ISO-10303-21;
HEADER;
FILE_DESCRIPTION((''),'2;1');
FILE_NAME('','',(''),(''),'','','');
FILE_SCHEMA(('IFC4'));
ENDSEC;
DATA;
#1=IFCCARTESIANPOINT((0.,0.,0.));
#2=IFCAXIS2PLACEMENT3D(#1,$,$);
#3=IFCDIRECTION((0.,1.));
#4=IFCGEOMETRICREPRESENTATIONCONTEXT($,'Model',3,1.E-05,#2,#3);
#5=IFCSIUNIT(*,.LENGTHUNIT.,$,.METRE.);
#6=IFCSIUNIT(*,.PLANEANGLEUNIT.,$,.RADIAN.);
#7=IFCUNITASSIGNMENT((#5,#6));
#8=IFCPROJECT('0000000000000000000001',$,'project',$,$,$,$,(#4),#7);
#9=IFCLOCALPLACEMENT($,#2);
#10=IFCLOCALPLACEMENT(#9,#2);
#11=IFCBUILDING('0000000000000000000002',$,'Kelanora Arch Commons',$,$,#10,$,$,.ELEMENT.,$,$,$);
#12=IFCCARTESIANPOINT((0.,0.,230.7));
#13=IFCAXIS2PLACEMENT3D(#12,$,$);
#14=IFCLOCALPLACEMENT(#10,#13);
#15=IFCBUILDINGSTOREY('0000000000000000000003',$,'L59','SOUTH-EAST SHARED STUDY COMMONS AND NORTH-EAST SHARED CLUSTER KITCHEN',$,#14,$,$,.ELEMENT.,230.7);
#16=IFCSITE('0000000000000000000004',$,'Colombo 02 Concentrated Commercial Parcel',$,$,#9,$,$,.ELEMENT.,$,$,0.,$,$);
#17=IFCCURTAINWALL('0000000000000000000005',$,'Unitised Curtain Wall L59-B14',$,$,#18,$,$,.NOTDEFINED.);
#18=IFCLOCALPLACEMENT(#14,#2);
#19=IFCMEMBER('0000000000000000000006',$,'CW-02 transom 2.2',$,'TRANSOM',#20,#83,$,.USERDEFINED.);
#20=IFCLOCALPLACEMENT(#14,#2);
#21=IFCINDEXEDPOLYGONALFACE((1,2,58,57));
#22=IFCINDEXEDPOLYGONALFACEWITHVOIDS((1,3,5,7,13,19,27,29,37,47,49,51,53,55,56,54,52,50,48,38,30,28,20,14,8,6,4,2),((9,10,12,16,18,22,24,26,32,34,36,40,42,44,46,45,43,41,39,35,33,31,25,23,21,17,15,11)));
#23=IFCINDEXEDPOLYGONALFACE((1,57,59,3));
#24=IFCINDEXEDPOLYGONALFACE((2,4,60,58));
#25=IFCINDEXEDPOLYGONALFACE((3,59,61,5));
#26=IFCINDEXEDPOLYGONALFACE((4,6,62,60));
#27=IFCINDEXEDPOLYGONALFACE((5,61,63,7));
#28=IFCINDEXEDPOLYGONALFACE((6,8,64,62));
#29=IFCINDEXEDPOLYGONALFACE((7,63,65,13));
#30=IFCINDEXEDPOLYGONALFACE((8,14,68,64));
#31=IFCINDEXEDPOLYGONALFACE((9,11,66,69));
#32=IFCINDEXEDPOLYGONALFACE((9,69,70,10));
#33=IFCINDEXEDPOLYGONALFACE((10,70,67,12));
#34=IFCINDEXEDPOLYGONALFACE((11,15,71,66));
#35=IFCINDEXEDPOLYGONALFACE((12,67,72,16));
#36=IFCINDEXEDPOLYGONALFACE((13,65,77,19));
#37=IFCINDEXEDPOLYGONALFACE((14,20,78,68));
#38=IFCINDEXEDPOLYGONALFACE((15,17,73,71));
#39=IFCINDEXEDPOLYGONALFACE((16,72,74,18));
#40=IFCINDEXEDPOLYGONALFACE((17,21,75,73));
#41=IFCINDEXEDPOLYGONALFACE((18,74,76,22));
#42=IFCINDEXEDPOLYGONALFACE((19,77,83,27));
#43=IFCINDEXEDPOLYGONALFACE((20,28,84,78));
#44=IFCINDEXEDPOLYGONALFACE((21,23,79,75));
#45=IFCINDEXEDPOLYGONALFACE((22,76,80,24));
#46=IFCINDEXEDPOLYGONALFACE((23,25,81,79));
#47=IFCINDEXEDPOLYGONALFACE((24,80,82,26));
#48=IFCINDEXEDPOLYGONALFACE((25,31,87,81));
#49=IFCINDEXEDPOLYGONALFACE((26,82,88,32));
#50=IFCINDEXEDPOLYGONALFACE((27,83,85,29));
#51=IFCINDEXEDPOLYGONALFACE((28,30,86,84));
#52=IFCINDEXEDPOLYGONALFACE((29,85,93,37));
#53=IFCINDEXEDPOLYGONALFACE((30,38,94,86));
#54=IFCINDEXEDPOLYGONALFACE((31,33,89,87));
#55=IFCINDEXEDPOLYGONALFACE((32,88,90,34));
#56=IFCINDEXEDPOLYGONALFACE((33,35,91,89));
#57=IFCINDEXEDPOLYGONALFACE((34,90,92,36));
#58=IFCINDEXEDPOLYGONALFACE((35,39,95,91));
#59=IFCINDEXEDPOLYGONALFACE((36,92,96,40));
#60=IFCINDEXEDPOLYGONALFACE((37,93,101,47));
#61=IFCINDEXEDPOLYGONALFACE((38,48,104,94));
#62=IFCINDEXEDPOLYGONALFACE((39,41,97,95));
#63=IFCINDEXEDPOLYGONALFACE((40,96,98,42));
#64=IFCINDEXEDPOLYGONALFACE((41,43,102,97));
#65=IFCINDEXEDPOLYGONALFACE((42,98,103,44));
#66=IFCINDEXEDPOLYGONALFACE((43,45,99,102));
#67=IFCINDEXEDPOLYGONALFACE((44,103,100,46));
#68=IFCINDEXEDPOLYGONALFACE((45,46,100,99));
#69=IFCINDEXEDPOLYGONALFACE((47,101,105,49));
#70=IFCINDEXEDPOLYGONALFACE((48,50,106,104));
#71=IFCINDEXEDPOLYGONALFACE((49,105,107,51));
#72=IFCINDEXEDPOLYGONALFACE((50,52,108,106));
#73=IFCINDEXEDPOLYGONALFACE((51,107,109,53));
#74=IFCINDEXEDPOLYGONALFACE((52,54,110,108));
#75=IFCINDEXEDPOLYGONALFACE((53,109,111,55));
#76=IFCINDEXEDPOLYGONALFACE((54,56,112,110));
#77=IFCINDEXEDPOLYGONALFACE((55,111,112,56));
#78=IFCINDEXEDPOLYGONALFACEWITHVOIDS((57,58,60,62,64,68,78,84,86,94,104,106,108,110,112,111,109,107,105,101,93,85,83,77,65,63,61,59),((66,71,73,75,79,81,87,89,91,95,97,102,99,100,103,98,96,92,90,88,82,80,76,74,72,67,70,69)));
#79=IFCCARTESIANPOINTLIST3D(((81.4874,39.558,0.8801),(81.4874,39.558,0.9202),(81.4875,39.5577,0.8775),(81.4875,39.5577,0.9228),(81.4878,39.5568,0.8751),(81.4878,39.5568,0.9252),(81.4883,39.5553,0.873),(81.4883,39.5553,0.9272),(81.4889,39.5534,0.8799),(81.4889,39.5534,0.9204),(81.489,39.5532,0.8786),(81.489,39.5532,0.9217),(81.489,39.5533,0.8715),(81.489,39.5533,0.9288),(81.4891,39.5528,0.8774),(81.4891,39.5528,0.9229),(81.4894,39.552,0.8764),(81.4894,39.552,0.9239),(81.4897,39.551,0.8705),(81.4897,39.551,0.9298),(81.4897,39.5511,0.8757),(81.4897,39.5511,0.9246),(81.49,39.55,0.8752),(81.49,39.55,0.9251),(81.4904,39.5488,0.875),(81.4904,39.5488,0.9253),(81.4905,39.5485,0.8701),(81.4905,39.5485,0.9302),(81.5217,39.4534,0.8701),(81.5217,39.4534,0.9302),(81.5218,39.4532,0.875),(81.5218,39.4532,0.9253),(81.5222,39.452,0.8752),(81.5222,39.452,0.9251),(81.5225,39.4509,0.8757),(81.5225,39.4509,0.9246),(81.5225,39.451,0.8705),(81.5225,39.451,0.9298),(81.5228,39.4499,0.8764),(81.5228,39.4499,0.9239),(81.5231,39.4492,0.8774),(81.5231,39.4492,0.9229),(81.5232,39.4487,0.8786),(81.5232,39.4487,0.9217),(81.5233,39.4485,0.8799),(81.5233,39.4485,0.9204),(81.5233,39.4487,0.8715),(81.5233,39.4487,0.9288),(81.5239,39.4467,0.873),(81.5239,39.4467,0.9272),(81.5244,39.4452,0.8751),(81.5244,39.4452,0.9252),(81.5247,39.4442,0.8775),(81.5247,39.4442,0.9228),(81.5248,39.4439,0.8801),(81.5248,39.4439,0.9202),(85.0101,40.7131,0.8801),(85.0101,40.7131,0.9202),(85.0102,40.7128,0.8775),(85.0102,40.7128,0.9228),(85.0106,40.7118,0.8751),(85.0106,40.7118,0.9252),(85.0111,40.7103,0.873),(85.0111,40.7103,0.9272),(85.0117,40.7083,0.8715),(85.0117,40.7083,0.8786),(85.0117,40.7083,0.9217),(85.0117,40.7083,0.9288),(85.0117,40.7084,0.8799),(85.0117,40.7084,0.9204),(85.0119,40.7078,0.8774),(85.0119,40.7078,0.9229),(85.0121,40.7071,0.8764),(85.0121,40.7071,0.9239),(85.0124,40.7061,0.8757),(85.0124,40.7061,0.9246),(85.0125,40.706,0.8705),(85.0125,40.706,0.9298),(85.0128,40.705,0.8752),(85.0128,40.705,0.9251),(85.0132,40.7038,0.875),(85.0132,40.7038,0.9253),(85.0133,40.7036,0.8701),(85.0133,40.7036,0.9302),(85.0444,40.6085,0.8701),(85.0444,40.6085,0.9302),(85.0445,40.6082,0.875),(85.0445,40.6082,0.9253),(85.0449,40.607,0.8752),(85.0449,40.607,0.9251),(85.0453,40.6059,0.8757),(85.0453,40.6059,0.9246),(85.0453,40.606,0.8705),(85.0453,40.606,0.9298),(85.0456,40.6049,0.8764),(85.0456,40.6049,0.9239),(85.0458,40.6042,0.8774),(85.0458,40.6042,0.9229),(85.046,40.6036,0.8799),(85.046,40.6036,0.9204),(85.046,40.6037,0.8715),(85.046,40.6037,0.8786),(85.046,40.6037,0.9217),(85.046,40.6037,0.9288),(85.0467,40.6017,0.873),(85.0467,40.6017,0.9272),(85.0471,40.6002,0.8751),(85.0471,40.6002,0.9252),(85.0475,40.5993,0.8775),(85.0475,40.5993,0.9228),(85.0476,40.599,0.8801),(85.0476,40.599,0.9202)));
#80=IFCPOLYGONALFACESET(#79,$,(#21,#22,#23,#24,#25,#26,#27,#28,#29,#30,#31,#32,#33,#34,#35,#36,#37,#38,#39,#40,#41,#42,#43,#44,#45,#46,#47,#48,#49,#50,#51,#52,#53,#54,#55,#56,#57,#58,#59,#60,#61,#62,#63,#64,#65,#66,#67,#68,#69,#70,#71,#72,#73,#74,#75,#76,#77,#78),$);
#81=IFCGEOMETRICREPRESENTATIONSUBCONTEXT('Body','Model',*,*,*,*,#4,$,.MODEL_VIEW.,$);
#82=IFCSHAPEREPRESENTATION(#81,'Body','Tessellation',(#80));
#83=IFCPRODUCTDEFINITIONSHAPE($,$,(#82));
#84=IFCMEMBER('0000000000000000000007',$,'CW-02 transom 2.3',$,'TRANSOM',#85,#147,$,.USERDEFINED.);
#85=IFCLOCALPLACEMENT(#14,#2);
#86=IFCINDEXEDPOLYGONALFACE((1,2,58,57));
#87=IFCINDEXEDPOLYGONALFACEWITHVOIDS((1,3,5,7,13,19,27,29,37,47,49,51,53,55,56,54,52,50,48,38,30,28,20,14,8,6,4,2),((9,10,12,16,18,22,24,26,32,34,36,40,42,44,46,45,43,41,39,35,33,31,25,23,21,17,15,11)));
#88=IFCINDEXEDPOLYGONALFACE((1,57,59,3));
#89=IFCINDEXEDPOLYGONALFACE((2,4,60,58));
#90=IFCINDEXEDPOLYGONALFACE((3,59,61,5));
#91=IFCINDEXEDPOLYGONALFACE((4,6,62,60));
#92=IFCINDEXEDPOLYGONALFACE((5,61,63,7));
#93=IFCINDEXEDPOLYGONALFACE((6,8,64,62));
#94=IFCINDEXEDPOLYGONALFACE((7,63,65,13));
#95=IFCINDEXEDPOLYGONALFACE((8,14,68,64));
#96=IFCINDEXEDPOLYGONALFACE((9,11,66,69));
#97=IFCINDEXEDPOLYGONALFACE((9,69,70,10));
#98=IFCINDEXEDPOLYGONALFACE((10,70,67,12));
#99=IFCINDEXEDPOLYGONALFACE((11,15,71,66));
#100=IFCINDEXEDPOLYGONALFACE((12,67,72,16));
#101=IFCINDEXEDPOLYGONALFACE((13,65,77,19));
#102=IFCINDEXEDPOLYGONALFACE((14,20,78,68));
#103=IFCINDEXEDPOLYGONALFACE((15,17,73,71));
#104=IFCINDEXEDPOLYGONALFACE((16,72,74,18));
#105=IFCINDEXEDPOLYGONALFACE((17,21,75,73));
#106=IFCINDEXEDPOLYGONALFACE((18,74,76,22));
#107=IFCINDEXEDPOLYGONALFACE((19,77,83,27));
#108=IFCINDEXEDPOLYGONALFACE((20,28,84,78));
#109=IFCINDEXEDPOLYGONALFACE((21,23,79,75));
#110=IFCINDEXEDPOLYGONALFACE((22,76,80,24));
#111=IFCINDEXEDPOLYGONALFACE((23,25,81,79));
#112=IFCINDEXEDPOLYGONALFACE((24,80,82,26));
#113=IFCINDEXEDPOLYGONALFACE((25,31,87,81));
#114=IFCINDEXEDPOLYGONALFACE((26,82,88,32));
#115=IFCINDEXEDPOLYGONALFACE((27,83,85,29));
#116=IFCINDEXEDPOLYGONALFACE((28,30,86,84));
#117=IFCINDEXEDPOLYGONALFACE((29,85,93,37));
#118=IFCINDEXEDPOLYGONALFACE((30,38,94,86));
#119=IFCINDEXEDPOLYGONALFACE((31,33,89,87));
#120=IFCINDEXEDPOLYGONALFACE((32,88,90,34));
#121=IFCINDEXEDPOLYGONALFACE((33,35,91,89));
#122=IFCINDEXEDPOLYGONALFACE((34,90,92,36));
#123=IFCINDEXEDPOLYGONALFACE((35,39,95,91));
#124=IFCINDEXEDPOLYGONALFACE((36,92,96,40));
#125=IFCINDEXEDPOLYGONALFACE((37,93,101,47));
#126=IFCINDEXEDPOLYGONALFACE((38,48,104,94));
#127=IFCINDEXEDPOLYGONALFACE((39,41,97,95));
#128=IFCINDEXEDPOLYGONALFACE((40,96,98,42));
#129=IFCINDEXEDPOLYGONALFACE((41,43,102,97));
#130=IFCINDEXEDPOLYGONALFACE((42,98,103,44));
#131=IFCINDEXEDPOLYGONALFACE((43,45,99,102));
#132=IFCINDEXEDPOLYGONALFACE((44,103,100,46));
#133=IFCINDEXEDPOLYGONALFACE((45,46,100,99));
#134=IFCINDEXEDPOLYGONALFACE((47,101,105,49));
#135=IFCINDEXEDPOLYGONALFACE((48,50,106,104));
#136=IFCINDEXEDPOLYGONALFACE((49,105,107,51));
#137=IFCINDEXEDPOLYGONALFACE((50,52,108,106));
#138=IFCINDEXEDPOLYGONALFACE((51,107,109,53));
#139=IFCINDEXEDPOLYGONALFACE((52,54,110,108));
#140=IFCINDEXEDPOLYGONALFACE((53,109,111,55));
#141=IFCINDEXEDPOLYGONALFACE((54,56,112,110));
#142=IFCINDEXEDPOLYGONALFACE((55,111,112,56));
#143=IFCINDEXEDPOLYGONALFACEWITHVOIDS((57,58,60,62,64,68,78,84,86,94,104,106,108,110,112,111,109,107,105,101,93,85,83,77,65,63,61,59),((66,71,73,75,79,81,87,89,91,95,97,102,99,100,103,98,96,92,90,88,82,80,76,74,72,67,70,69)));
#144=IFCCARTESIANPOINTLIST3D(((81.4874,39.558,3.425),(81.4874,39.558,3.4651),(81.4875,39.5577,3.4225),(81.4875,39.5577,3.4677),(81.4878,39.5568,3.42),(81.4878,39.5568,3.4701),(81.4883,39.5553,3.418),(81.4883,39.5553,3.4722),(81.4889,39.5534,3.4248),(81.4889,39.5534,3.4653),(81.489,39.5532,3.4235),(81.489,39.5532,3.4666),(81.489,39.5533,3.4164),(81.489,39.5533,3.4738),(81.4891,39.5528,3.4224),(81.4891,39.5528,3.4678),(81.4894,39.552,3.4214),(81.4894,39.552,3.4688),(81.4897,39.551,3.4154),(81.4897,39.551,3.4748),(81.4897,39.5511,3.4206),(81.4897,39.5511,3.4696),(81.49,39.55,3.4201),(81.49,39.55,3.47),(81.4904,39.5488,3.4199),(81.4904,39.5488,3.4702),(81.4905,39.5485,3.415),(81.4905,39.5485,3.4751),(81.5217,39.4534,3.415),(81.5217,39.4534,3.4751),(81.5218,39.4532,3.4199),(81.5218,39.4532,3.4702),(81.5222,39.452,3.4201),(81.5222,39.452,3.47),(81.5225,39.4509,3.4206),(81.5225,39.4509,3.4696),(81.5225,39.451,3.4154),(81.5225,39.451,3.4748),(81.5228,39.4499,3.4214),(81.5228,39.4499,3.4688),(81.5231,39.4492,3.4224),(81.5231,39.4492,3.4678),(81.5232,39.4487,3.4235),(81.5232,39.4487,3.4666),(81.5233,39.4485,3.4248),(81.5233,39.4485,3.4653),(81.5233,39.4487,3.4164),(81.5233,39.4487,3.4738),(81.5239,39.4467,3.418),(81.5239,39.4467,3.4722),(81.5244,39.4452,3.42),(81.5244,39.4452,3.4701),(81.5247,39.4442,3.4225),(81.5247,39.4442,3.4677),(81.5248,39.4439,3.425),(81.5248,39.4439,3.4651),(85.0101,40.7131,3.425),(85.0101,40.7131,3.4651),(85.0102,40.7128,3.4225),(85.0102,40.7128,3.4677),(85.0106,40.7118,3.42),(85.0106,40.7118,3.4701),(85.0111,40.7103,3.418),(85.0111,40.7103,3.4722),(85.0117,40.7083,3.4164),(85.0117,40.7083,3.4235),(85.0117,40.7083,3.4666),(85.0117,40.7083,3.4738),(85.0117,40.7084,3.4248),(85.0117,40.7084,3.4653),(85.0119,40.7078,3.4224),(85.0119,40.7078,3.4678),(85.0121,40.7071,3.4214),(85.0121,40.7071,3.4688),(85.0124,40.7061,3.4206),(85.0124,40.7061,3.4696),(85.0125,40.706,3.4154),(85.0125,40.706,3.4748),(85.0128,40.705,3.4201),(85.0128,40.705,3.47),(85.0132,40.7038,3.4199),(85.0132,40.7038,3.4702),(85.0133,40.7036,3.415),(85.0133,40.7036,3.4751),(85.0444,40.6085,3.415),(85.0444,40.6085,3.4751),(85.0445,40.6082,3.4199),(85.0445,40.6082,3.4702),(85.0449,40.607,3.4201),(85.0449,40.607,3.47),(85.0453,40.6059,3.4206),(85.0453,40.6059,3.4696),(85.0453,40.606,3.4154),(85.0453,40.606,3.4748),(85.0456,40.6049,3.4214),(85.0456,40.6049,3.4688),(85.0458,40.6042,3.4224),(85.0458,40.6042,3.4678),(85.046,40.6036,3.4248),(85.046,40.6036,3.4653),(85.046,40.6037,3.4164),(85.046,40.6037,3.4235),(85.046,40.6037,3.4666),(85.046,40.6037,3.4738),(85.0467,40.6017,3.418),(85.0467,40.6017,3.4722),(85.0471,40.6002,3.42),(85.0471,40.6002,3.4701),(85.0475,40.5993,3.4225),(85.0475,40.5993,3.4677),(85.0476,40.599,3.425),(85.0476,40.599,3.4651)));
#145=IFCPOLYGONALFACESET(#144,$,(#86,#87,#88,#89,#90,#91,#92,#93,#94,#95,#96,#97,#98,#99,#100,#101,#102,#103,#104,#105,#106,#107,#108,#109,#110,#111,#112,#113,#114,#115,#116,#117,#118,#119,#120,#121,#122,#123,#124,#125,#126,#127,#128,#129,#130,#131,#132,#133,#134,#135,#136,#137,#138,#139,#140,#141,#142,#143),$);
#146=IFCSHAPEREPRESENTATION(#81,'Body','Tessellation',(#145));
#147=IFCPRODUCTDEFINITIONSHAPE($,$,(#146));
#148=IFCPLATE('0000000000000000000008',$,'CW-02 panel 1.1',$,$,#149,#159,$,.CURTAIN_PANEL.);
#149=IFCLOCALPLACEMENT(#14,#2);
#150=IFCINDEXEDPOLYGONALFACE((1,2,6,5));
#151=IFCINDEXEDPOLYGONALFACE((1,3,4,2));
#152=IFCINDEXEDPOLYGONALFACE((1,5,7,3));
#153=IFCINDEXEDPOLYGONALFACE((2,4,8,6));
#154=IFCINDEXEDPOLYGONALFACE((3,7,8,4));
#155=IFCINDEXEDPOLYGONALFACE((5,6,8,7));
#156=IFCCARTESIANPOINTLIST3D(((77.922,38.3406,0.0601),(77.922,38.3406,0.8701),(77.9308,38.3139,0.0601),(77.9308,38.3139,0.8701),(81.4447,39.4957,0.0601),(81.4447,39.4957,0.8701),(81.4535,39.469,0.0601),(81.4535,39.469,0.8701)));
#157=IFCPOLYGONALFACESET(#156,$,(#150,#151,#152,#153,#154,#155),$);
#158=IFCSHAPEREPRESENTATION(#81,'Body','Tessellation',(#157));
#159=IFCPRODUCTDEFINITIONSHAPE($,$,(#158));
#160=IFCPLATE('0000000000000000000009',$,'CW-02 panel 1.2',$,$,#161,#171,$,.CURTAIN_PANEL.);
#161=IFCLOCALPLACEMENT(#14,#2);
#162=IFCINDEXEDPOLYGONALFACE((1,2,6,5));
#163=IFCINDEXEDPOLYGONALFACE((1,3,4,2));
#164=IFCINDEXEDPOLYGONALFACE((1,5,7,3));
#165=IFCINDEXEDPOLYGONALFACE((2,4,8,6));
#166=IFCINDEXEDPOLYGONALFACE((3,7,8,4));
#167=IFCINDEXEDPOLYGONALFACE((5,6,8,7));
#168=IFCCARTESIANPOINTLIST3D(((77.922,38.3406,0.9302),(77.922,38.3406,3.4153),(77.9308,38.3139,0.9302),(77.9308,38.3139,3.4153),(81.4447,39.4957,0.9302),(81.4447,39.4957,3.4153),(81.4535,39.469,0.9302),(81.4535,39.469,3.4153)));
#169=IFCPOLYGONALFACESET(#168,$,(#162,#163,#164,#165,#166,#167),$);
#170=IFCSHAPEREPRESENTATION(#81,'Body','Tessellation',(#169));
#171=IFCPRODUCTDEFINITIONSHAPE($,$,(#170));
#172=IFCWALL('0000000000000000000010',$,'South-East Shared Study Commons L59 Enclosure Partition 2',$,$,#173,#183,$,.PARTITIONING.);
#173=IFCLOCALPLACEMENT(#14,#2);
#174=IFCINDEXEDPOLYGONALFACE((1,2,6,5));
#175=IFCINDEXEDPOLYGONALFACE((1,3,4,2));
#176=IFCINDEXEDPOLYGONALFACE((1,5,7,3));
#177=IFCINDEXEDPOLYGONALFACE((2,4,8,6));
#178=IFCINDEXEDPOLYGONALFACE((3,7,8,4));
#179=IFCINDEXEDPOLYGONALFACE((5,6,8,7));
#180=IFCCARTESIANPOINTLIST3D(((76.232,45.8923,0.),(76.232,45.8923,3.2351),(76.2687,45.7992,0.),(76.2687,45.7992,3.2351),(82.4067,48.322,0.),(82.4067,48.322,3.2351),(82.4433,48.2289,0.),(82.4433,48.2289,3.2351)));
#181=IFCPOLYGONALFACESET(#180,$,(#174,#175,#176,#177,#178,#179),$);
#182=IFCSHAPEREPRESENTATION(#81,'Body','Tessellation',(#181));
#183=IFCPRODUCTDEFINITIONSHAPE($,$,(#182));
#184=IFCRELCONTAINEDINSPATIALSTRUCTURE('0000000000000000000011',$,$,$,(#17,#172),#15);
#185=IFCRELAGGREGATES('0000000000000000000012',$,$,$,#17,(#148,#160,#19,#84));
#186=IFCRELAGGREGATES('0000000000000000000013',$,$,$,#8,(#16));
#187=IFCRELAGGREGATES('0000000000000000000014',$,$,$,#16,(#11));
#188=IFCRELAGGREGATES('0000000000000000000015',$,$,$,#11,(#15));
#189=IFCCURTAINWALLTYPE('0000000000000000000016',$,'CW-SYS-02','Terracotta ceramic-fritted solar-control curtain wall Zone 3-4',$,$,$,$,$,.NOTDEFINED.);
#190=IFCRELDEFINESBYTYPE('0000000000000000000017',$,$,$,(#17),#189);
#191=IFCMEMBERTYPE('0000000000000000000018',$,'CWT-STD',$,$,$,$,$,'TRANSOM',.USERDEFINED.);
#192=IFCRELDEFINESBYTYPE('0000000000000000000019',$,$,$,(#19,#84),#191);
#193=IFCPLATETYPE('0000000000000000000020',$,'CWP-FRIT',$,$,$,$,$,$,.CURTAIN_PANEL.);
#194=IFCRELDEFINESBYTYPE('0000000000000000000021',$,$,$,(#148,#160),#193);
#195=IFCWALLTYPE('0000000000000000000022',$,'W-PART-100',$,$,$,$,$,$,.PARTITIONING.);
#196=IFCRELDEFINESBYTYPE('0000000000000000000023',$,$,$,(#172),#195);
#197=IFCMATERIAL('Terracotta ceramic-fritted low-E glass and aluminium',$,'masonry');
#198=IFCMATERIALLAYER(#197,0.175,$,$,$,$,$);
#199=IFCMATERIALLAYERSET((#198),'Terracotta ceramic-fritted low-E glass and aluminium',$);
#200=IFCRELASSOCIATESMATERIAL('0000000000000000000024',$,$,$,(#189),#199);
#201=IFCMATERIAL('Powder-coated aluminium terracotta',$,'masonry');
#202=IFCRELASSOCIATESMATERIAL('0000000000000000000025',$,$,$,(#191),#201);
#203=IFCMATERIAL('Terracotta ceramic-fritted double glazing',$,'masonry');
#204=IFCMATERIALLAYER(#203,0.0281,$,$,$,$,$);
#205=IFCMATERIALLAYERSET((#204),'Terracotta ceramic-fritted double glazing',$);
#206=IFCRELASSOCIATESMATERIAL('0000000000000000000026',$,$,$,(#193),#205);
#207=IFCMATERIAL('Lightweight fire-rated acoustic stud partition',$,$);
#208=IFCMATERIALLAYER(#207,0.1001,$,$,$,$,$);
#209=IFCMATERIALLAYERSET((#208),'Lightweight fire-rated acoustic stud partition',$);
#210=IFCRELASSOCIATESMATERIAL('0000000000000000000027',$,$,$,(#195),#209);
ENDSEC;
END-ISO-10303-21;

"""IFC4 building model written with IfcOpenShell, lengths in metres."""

from ifc_helpers import new_model, si_unit, direction, frame, frame_2d, origin, origin_2d, place, context, subcontext, project, spatial, rectangle, hollow_rectangle, extrude, source, transform, mapped, material, layer, layer_set, material_profile, profile_set, type_object, element, aggregate, save


model = new_model("IFC4")

# Units and contexts
model_context = context("Model", 3, precision=1e-05, world=origin(), true_north=direction((0.0, 1.0)))
body_context = subcontext(model_context, "Body", "Model", "MODEL_VIEW")
ifc_project = project(units=[si_unit("LENGTHUNIT", "METRE"), si_unit("PLANEANGLEUNIT", "RADIAN")], contexts=[model_context])

# Site, building, storey
site_placement = place(None, origin())
site = spatial("IfcSite", under=ifc_project, at=site_placement, Name="Colombo 02 Concentrated Commercial Parcel", CompositionType="ELEMENT", RefElevation=0.0)
building_placement = place(site_placement, origin())
building = spatial("IfcBuilding", under=site, at=building_placement, Name="Kelanora Arch Commons", CompositionType="ELEMENT")
storey_placement = place(building_placement, frame((0.0, 0.0, 230.7)))
storey = spatial("IfcBuildingStorey", under=building, at=storey_placement, Name="L59", Description="SOUTH-EAST SHARED STUDY COMMONS AND NORTH-EAST SHARED CLUSTER KITCHEN", CompositionType="ELEMENT", Elevation=230.7)

# Curtain wall, members, plates
ifc_material_1 = material(Name="Terracotta ceramic-fritted low-E glass and aluminium", Category="masonry")
ifc_layer_1 = layer(ifc_material_1, 0.175)
ifc_layer_set_1 = layer_set([ifc_layer_1], Name="Terracotta ceramic-fritted low-E glass and aluminium")
curtain_wall_type = type_object("IfcCurtainWallType", Name="CW-SYS-02", Description="Terracotta ceramic-fritted solar-control curtain wall Zone 3-4", PredefinedType="NOTDEFINED", material=ifc_layer_set_1)
curtain_wall_placement = place(storey_placement, origin())
curtain_wall = element("IfcCurtainWall", 1, at=curtain_wall_placement, inside=storey, type_object=curtain_wall_type, Name="Unitised Curtain Wall L59-B14", PredefinedType="NOTDEFINED")
ifc_material_2 = material(Name="Powder-coated aluminium terracotta", Category="masonry")
ifc_material_profile_1 = material_profile(ifc_material_2, hollow_rectangle(XDim=0.1201, YDim=0.0601, WallThickness=0.0049, InnerFilletRadius=0.0049, OuterFilletRadius=0.01, at=origin_2d()), Name="CWT120x60")
ifc_profile_set_1 = profile_set([ifc_material_profile_1], Name="Powder-coated aluminium terracotta")
member_type_1 = type_object("IfcMemberType", Name="CWT-STD", ElementType="TRANSOM", PredefinedType="USERDEFINED", material=ifc_profile_set_1)
member_1_placement = place(storey_placement, frame((81.5061, 39.501, 0.9001), z_axis=(0.950226, 0.311561, 0.0), x_axis=(-0.311561, 0.950226, 0.0)))
member_1 = element("IfcMember", 2, at=member_1_placement, type_object=member_type_1, Name="CW-02 transom 2.2", ObjectType="TRANSOM", PredefinedType="USERDEFINED", context=body_context, shape_type="SweptSolid", body=[
    extrude(hollow_rectangle(XDim=0.1201, YDim=0.0601, WallThickness=0.0049, InnerFilletRadius=0.0049, OuterFilletRadius=0.01, at=origin_2d()), origin(), (0.0, 0.0, 1.0), 3.7073),
])
member_2_placement = place(storey_placement, frame((81.5061, 39.501, 3.4451), z_axis=(0.950226, 0.311561, 0.0), x_axis=(-0.311561, 0.950226, 0.0)))
member_2 = element("IfcMember", 3, at=member_2_placement, type_object=member_type_1, Name="CW-02 transom 2.3", ObjectType="TRANSOM", PredefinedType="USERDEFINED", context=body_context, shape_type="SweptSolid", body=[
    extrude(hollow_rectangle(XDim=0.1201, YDim=0.0601, WallThickness=0.0049, InnerFilletRadius=0.0049, OuterFilletRadius=0.01, at=origin_2d()), origin(), (0.0, 0.0, 1.0), 3.7073),
])
ifc_material_3 = material(Name="Terracotta ceramic-fritted double glazing", Category="masonry")
ifc_layer_2 = layer(ifc_material_3, 0.0281)
ifc_layer_set_2 = layer_set([ifc_layer_2], Name="Terracotta ceramic-fritted double glazing")
plate_type = type_object("IfcPlateType", Name="CWP-FRIT", PredefinedType="CURTAIN_PANEL", material=ifc_layer_set_2)
shared_shape_1 = source(origin(), body_context, "Body", "SweptSolid", [
    extrude(rectangle(XDim=3.7073, YDim=0.0281, at=origin_2d()), origin(), (0.0, 0.0, 1.0), 0.8101),
])
plate_1_placement = place(storey_placement, frame((79.6877, 38.9048, 0.0601), z_axis=(0.0, 0.0, 1.0), x_axis=(0.950219, 0.311582, 0.0)))
plate_1 = element("IfcPlate", 4, at=plate_1_placement, type_object=plate_type, Name="CW-02 panel 1.1", PredefinedType="CURTAIN_PANEL", context=body_context, shape_type="MappedRepresentation", body=[
    mapped(shared_shape_1, transform((0.0, 0.0, 0.0), scale=1.0)),
])
shared_shape_2 = source(origin(), body_context, "Body", "SweptSolid", [
    extrude(rectangle(XDim=3.7073, YDim=0.0281, at=origin_2d()), origin(), (0.0, 0.0, 1.0), 2.4851),
])
plate_2_placement = place(storey_placement, frame((79.6877, 38.9048, 0.9302), z_axis=(0.0, 0.0, 1.0), x_axis=(0.950219, 0.311582, 0.0)))
plate_2 = element("IfcPlate", 5, at=plate_2_placement, type_object=plate_type, Name="CW-02 panel 1.2", PredefinedType="CURTAIN_PANEL", context=body_context, shape_type="MappedRepresentation", body=[
    mapped(shared_shape_2, transform((0.0, 0.0, 0.0), scale=1.0)),
])
aggregate(curtain_wall, [plate_1, plate_2, member_1, member_2])

# Wall
ifc_material_4 = material(Name="Lightweight fire-rated acoustic stud partition")
ifc_layer_3 = layer(ifc_material_4, 0.1001)
ifc_layer_set_3 = layer_set([ifc_layer_3], Name="Lightweight fire-rated acoustic stud partition")
wall_type = type_object("IfcWallType", Name="W-PART-100", PredefinedType="PARTITIONING", material=ifc_layer_set_3)
wall_placement = place(storey_placement, frame((76.2502, 45.8457, 0.0), z_axis=(0.0, 0.0, 1.0), x_axis=(0.930548, 0.36617, 0.0)))
element("IfcWall", 6, at=wall_placement, inside=storey, type_object=wall_type, Name="South-East Shared Study Commons L59 Enclosure Partition 2", PredefinedType="PARTITIONING", context=body_context, shape_type="SweptSolid", body=[
    extrude(rectangle(XDim=6.6355, YDim=0.1001, at=frame_2d((3.3179, 0.0))), origin(), (0.0, 0.0, 1.0), 3.2351),
])

save(model, "model.ifc")
